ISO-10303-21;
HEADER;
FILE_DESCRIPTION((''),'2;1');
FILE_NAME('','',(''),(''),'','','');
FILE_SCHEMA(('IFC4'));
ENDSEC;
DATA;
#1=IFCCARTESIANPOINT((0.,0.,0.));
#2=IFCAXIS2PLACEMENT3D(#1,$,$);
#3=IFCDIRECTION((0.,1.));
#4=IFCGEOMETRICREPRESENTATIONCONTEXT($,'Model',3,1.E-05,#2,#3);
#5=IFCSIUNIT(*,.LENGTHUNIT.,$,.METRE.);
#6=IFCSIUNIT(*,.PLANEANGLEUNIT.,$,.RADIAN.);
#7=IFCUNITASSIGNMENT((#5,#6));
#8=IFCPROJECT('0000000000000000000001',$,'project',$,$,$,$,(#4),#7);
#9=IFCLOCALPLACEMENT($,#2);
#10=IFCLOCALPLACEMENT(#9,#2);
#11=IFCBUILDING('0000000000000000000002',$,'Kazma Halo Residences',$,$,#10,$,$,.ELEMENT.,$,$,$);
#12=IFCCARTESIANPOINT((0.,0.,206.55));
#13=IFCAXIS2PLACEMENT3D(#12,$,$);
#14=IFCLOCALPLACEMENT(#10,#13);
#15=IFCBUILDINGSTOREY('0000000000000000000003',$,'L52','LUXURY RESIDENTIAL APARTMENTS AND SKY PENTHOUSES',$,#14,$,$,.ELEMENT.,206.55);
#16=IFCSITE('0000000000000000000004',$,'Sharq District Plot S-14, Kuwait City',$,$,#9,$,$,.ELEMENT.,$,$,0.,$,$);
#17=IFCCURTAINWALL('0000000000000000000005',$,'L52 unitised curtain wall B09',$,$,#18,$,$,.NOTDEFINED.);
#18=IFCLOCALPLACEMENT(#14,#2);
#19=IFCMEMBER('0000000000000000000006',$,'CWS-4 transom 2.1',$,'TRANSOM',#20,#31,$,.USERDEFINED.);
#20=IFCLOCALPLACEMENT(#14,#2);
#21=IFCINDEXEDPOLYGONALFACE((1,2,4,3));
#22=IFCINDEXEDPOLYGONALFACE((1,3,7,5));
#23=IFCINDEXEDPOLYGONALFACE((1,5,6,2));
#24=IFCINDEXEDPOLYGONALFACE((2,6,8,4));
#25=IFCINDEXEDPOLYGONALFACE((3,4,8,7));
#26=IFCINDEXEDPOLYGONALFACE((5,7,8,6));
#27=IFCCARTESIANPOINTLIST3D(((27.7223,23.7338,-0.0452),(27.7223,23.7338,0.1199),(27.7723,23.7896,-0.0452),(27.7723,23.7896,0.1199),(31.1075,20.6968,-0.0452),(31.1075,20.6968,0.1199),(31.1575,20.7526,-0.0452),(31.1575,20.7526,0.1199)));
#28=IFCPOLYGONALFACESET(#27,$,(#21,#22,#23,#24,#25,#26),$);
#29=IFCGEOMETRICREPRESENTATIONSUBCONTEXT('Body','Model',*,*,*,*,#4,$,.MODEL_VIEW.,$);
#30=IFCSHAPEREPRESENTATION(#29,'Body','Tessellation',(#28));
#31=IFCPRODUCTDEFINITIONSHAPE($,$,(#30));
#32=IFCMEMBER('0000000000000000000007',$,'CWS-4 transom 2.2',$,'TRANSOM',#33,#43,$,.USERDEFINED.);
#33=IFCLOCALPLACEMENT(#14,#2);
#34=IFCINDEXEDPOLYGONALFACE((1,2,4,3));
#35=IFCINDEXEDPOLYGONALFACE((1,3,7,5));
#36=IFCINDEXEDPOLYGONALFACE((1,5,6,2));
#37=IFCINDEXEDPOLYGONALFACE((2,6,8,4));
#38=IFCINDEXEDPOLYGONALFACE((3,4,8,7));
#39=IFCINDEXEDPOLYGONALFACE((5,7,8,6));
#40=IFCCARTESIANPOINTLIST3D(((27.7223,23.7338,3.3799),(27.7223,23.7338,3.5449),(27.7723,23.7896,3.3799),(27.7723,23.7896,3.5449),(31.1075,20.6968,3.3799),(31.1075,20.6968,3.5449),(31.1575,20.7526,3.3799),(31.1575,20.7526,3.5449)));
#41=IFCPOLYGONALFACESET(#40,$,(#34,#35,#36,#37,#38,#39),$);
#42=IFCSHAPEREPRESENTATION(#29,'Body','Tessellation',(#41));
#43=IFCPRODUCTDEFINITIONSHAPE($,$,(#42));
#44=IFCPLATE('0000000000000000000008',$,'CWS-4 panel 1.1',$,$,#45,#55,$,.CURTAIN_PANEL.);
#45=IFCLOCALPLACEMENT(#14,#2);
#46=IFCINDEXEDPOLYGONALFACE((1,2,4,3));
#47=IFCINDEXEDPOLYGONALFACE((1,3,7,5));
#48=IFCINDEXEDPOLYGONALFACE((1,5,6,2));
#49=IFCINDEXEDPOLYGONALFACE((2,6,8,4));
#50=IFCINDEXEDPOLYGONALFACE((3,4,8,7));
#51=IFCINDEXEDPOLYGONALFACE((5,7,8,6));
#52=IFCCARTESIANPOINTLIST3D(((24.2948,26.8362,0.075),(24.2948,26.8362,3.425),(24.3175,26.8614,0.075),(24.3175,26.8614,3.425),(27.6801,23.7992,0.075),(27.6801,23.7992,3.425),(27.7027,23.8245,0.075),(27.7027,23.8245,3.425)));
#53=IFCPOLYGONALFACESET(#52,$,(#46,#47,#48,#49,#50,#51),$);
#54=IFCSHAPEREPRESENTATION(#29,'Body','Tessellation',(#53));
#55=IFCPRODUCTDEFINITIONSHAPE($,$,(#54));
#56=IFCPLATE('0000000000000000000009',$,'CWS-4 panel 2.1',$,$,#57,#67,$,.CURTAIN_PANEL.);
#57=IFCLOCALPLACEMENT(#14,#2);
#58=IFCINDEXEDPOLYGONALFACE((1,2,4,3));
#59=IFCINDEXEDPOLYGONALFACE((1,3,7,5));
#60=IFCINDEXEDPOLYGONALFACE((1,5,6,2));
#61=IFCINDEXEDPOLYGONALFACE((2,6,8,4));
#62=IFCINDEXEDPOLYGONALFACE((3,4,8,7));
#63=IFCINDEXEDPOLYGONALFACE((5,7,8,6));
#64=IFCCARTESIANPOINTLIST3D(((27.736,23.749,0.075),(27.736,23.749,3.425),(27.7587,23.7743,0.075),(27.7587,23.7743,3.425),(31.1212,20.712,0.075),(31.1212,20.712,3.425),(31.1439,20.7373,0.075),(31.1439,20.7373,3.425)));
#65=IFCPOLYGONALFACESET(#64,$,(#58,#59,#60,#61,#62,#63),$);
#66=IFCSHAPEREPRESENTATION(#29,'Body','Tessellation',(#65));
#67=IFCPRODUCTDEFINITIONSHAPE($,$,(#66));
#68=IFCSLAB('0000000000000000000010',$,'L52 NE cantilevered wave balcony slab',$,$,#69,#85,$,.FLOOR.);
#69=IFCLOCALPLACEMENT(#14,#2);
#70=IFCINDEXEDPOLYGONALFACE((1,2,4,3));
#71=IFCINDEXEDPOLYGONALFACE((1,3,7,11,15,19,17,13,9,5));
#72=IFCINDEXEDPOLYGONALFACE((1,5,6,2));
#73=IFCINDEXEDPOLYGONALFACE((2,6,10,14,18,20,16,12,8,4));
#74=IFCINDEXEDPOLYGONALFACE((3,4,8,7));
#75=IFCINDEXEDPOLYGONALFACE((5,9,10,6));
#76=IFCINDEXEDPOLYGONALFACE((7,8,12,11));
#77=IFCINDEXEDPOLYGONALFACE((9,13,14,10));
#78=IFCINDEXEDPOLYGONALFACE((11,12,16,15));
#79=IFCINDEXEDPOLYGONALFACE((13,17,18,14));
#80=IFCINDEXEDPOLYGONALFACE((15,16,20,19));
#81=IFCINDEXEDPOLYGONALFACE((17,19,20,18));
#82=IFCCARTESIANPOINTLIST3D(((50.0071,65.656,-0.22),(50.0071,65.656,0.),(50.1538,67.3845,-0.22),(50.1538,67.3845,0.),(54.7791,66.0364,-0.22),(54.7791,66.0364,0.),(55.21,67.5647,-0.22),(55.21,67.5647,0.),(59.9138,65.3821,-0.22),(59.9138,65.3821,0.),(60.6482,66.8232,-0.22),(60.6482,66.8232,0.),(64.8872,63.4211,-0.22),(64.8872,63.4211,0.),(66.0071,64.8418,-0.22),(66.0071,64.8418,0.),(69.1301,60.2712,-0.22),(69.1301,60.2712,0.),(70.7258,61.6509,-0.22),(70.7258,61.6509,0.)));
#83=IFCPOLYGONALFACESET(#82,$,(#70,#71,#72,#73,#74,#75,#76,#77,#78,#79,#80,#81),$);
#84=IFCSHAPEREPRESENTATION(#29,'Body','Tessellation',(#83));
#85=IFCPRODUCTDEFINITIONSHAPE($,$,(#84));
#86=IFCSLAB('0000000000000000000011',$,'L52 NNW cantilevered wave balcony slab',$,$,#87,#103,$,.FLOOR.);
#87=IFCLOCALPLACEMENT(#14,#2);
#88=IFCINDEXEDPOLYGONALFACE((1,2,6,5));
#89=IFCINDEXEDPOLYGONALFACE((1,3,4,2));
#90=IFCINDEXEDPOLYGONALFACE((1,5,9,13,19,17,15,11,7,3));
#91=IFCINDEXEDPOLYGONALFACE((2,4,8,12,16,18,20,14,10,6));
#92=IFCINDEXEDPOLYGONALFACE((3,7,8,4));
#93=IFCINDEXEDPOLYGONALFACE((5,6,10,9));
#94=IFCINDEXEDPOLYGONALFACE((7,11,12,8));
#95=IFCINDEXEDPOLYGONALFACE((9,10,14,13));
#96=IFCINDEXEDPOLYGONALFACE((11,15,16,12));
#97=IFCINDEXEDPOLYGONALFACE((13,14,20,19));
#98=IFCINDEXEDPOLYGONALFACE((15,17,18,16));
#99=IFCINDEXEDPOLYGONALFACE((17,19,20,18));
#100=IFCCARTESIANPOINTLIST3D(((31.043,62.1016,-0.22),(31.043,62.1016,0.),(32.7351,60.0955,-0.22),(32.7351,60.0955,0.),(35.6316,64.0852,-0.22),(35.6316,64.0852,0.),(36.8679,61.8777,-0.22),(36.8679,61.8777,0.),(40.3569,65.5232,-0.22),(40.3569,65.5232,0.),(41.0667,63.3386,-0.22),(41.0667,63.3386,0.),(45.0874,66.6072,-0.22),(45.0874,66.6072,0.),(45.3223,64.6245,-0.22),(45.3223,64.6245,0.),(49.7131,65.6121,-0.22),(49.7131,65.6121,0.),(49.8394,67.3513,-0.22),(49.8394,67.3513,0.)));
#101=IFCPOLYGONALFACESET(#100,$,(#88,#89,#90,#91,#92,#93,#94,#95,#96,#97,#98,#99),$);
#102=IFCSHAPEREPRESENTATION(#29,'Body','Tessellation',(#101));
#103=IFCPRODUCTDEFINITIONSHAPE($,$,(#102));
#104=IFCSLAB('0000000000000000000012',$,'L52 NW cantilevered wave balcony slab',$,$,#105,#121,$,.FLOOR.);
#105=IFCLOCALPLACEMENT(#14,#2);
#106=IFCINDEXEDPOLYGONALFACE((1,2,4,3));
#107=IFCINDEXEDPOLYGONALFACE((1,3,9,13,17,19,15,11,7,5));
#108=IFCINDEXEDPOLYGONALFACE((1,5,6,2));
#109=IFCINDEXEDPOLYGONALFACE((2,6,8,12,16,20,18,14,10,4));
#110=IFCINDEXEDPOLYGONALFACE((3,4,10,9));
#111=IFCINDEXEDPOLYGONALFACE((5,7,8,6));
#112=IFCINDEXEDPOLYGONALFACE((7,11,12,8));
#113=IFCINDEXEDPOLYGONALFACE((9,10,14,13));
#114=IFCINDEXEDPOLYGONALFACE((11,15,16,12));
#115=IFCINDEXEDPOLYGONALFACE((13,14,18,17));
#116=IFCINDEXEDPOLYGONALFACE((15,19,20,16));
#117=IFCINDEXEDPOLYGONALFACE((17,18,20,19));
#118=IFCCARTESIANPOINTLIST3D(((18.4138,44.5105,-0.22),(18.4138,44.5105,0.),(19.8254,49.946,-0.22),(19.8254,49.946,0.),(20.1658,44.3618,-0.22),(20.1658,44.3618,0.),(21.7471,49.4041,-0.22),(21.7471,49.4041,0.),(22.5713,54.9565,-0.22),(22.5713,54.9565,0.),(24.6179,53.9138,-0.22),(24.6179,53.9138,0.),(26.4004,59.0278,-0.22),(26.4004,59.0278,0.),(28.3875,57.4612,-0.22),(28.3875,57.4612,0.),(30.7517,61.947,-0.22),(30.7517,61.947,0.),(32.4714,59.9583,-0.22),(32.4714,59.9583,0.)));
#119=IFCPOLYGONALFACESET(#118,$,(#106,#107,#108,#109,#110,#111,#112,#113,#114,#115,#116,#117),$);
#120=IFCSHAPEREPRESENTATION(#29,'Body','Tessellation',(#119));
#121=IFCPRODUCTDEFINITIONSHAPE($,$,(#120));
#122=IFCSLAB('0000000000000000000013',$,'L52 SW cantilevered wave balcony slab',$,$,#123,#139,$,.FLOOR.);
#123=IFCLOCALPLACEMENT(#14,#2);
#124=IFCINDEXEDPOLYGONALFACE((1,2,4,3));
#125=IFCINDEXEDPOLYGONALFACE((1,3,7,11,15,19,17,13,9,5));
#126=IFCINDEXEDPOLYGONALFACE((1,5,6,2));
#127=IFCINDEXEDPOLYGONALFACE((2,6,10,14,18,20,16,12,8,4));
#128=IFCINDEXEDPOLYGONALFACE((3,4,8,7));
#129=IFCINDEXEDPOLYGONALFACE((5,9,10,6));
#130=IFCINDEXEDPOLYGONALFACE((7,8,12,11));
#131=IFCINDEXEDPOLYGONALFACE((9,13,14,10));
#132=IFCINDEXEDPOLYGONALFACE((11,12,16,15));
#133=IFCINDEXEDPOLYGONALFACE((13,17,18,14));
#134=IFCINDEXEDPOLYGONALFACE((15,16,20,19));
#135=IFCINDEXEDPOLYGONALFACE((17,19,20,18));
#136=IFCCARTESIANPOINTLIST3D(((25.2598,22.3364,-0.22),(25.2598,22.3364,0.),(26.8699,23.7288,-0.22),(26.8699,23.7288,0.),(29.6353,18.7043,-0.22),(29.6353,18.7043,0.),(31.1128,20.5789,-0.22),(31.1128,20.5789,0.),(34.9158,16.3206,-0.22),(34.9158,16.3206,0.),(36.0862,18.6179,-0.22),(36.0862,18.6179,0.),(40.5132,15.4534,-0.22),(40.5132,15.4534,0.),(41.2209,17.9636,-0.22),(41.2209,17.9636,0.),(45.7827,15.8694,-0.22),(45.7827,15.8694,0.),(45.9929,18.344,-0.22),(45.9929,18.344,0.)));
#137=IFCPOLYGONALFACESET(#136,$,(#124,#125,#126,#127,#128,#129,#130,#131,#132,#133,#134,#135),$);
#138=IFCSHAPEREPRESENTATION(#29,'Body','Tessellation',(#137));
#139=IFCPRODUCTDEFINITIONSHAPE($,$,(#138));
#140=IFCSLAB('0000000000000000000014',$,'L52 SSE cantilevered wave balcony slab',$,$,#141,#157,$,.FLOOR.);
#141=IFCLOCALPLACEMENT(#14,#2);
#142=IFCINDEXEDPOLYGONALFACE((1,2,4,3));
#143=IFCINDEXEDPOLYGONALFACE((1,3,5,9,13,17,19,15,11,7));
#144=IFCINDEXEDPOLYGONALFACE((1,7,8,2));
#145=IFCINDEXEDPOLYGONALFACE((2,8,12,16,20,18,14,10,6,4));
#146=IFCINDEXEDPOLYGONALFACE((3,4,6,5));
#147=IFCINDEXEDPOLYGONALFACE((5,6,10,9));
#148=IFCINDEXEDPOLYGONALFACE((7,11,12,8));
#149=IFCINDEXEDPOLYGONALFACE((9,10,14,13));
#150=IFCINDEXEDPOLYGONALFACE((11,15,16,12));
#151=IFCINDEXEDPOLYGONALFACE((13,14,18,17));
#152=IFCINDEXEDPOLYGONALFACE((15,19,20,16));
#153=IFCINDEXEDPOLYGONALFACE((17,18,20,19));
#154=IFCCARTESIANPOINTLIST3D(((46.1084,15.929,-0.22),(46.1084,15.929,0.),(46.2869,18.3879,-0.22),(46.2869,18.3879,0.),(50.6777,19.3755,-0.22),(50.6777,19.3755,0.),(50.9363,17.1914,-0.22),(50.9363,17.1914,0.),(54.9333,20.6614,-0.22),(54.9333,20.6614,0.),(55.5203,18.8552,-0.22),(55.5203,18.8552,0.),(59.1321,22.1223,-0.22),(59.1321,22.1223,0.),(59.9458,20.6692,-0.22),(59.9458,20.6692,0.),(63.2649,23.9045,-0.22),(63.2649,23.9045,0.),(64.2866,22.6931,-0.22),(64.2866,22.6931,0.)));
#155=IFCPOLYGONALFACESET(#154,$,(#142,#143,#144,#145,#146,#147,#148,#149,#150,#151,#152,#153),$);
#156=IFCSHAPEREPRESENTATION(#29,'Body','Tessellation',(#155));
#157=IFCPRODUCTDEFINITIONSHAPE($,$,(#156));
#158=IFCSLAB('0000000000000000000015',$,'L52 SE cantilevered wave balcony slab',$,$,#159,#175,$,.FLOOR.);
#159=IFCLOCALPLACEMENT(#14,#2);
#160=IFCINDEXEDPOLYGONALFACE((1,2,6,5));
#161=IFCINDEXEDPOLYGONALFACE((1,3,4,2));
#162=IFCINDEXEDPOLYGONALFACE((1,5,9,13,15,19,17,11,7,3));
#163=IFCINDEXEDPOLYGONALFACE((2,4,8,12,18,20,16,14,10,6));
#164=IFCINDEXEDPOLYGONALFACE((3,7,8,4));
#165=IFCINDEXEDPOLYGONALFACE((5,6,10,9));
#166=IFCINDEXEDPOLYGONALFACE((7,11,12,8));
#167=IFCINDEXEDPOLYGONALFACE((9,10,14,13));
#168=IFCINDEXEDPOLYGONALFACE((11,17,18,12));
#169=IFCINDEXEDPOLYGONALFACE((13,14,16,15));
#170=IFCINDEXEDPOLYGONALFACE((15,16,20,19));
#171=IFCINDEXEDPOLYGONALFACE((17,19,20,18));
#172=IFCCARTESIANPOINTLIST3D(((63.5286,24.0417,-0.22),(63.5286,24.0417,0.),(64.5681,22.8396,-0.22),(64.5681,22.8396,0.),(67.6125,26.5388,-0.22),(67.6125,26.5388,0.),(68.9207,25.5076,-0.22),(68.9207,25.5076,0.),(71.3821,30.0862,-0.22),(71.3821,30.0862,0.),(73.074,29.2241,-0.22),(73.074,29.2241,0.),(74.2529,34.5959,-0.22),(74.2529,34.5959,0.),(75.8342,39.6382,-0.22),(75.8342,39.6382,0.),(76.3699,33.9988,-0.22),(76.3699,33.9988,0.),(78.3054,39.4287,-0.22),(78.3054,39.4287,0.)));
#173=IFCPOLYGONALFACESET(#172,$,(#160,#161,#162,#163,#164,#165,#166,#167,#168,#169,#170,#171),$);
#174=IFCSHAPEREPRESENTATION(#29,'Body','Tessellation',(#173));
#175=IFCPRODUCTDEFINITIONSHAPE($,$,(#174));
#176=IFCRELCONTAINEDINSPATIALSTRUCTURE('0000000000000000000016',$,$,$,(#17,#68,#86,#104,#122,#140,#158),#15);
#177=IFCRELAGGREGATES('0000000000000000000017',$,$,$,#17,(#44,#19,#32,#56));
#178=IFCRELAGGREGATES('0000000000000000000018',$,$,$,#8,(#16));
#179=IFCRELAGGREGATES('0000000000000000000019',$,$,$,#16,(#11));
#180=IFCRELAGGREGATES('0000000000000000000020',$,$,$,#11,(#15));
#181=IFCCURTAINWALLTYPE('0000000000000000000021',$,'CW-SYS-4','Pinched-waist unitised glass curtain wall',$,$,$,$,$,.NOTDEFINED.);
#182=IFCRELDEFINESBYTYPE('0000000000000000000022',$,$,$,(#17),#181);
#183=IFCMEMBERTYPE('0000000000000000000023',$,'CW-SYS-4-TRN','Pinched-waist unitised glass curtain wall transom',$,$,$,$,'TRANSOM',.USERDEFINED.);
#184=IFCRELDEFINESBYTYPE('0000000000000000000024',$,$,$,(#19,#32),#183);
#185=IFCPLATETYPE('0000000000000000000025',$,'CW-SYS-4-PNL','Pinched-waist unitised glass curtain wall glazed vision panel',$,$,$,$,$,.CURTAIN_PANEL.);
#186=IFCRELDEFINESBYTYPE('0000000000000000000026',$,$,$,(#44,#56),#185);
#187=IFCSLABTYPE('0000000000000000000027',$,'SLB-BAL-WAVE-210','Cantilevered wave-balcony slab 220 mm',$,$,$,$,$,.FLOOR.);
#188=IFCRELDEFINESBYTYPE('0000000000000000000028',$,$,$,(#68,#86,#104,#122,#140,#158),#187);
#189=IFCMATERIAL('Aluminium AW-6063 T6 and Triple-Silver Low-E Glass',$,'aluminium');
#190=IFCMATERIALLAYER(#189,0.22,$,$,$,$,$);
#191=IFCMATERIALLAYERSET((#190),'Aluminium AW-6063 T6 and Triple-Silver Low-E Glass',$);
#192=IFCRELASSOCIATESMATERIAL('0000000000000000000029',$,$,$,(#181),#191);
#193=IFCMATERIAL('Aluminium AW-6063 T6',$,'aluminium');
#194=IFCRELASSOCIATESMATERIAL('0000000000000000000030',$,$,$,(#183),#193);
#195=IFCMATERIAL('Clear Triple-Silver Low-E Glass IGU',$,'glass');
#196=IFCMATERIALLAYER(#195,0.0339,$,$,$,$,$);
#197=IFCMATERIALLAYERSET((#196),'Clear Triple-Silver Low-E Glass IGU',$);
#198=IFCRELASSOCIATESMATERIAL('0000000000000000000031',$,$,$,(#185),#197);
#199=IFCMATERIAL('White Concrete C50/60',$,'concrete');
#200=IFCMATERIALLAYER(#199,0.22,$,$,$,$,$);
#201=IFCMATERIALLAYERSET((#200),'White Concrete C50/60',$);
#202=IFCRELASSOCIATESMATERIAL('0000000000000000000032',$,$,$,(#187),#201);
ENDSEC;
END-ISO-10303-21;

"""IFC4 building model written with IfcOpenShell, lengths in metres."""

from ifc_helpers import new_model, si_unit, direction, frame, origin, origin_2d, place, context, subcontext, project, spatial, polyline, rectangle, outline, extrude, material, layer, layer_set, material_profile, profile_set, type_object, element, aggregate, save


model = new_model("IFC4")

# Units and contexts
model_context = context("Model", 3, precision=1e-05, world=origin(), true_north=direction((0.0, 1.0)))
body_context = subcontext(model_context, "Body", "Model", "MODEL_VIEW")
ifc_project = project(units=[si_unit("LENGTHUNIT", "METRE"), si_unit("PLANEANGLEUNIT", "RADIAN")], contexts=[model_context])

# Site, building, storey
site_placement = place(None, origin())
site = spatial("IfcSite", under=ifc_project, at=site_placement, Name="Sharq District Plot S-14, Kuwait City", CompositionType="ELEMENT", RefElevation=0.0)
building_placement = place(site_placement, origin())
building = spatial("IfcBuilding", under=site, at=building_placement, Name="Kazma Halo Residences", CompositionType="ELEMENT")
storey_placement = place(building_placement, frame((0.0, 0.0, 206.55)))
storey = spatial("IfcBuildingStorey", under=building, at=storey_placement, Name="L52", Description="LUXURY RESIDENTIAL APARTMENTS AND SKY PENTHOUSES", CompositionType="ELEMENT", Elevation=206.55)

# Curtain wall, members, plates
ifc_material_1 = material(Name="Aluminium AW-6063 T6 and Triple-Silver Low-E Glass", Category="aluminium")
ifc_layer_1 = layer(ifc_material_1, 0.22)
ifc_layer_set_1 = layer_set([ifc_layer_1], Name="Aluminium AW-6063 T6 and Triple-Silver Low-E Glass")
curtain_wall_type = type_object("IfcCurtainWallType", Name="CW-SYS-4", Description="Pinched-waist unitised glass curtain wall", PredefinedType="NOTDEFINED", material=ifc_layer_set_1)
curtain_wall_placement = place(storey_placement, origin())
curtain_wall = element("IfcCurtainWall", 1, at=curtain_wall_placement, inside=storey, type_object=curtain_wall_type, Name="L52 unitised curtain wall B09", PredefinedType="NOTDEFINED")
ifc_material_2 = material(Name="Aluminium AW-6063 T6", Category="aluminium")
ifc_material_profile_1 = material_profile(ifc_material_2, rectangle(XDim=0.075, YDim=0.165, at=origin_2d()), Name="CWT-75x165")
ifc_profile_set_1 = profile_set([ifc_material_profile_1], Name="Aluminium AW-6063 T6")
member_type_1 = type_object("IfcMemberType", Name="CW-SYS-4-TRN", Description="Pinched-waist unitised glass curtain wall transom", ElementType="TRANSOM", PredefinedType="USERDEFINED", material=ifc_profile_set_1)
member_1_placement = place(storey_placement, frame((27.7473, 23.7617, 0.0374), z_axis=(0.744345, -0.667795, 0.0), x_axis=(0.667795, 0.744345, 0.0)))
member_1 = element("IfcMember", 2, at=member_1_placement, type_object=member_type_1, Name="CWS-4 transom 2.1", ObjectType="TRANSOM", PredefinedType="USERDEFINED", context=body_context, shape_type="SweptSolid", body=[
    extrude(rectangle(XDim=0.075, YDim=0.165, at=origin_2d()), origin(), (0.0, 0.0, 1.0), 4.5479),
])
member_2_placement = place(storey_placement, frame((27.7473, 23.7617, 3.4624), z_axis=(0.744345, -0.667795, 0.0), x_axis=(0.667795, 0.744345, 0.0)))
member_2 = element("IfcMember", 3, at=member_2_placement, type_object=member_type_1, Name="CWS-4 transom 2.2", ObjectType="TRANSOM", PredefinedType="USERDEFINED", context=body_context, shape_type="SweptSolid", body=[
    extrude(rectangle(XDim=0.075, YDim=0.165, at=origin_2d()), origin(), (0.0, 0.0, 1.0), 4.5479),
])
ifc_material_3 = material(Name="Clear Triple-Silver Low-E Glass IGU", Category="glass")
ifc_layer_2 = layer(ifc_material_3, 0.0339)
ifc_layer_set_2 = layer_set([ifc_layer_2], Name="Clear Triple-Silver Low-E Glass IGU")
plate_type = type_object("IfcPlateType", Name="CW-SYS-4-PNL", Description="Pinched-waist unitised glass curtain wall glazed vision panel", PredefinedType="CURTAIN_PANEL", material=ifc_layer_set_2)
plate_1_placement = place(storey_placement, frame((25.9988, 25.3303, 0.075), z_axis=(0.0, 0.0, 1.0), x_axis=(0.744355, -0.667784, 0.0)))
plate_1 = element("IfcPlate", 4, at=plate_1_placement, type_object=plate_type, Name="CWS-4 panel 1.1", PredefinedType="CURTAIN_PANEL", context=body_context, shape_type="SweptSolid", body=[
    extrude(rectangle(XDim=4.5479, YDim=0.0339, at=origin_2d()), origin(), (0.0, 0.0, 1.0), 3.3501),
])
plate_2_placement = place(storey_placement, frame((29.4399, 22.2432, 0.075), z_axis=(0.0, 0.0, 1.0), x_axis=(0.744355, -0.667784, 0.0)))
plate_2 = element("IfcPlate", 5, at=plate_2_placement, type_object=plate_type, Name="CWS-4 panel 2.1", PredefinedType="CURTAIN_PANEL", context=body_context, shape_type="SweptSolid", body=[
    extrude(rectangle(XDim=4.5479, YDim=0.0339, at=origin_2d()), origin(), (0.0, 0.0, 1.0), 3.3501),
])
aggregate(curtain_wall, [plate_1, member_1, member_2, plate_2])

# Slabs
ifc_material_4 = material(Name="White Concrete C50/60", Category="concrete")
ifc_layer_3 = layer(ifc_material_4, 0.22)
ifc_layer_set_3 = layer_set([ifc_layer_3], Name="White Concrete C50/60")
slab_type_1 = type_object("IfcSlabType", Name="SLB-BAL-WAVE-210", Description="Cantilevered wave-balcony slab 220 mm", PredefinedType="FLOOR", material=ifc_layer_set_3)
slab_1_placement = place(storey_placement, frame((0.0, 0.0, -0.22)))
element("IfcSlab", 6, at=slab_1_placement, inside=storey, type_object=slab_type_1, Name="L52 NE cantilevered wave balcony slab", PredefinedType="FLOOR", context=body_context, shape_type="SweptSolid", body=[
    extrude(outline(polyline([(69.1301, 60.2712), (64.8872, 63.4211), (59.9138, 65.3821), (54.7791, 66.0364), (50.0071, 65.656), (50.1538, 67.3845), (55.21, 67.5647), (60.6482, 66.8232), (66.0071, 64.8418), (70.7258, 61.6509), (69.1301, 60.2712)])), origin(), (0.0, 0.0, 1.0), 0.22),
])
slab_2_placement = place(storey_placement, frame((0.0, 0.0, -0.22)))
element("IfcSlab", 7, at=slab_2_placement, inside=storey, type_object=slab_type_1, Name="L52 NNW cantilevered wave balcony slab", PredefinedType="FLOOR", context=body_context, shape_type="SweptSolid", body=[
    extrude(outline(polyline([(49.7131, 65.6121), (45.3223, 64.6245), (41.0667, 63.3386), (36.8679, 61.8777), (32.7351, 60.0955), (31.043, 62.1016), (35.6316, 64.0852), (40.3569, 65.5232), (45.0874, 66.6072), (49.8394, 67.3513), (49.7131, 65.6121)])), origin(), (0.0, 0.0, 1.0), 0.22),
])
slab_3_placement = place(storey_placement, frame((0.0, 0.0, -0.22)))
element("IfcSlab", 8, at=slab_3_placement, inside=storey, type_object=slab_type_1, Name="L52 NW cantilevered wave balcony slab", PredefinedType="FLOOR", context=body_context, shape_type="SweptSolid", body=[
    extrude(outline(polyline([(32.4714, 59.9583), (28.3875, 57.4612), (24.6179, 53.9138), (21.7471, 49.4041), (20.1658, 44.3618), (18.4138, 44.5105), (19.8254, 49.946), (22.5713, 54.9565), (26.4004, 59.0278), (30.7517, 61.947), (32.4714, 59.9583)])), origin(), (0.0, 0.0, 1.0), 0.22),
])
slab_4_placement = place(storey_placement, frame((0.0, 0.0, -0.22)))
element("IfcSlab", 9, at=slab_4_placement, inside=storey, type_object=slab_type_1, Name="L52 SW cantilevered wave balcony slab", PredefinedType="FLOOR", context=body_context, shape_type="SweptSolid", body=[
    extrude(outline(polyline([(26.8699, 23.7288), (31.1128, 20.5789), (36.0862, 18.6179), (41.2209, 17.9636), (45.9929, 18.344), (45.7827, 15.8694), (40.5132, 15.4534), (34.9158, 16.3206), (29.6353, 18.7043), (25.2598, 22.3364), (26.8699, 23.7288)])), origin(), (0.0, 0.0, 1.0), 0.22),
])
slab_5_placement = place(storey_placement, frame((0.0, 0.0, -0.22)))
element("IfcSlab", 10, at=slab_5_placement, inside=storey, type_object=slab_type_1, Name="L52 SSE cantilevered wave balcony slab", PredefinedType="FLOOR", context=body_context, shape_type="SweptSolid", body=[
    extrude(outline(polyline([(46.2869, 18.3879), (50.6777, 19.3755), (54.9333, 20.6614), (59.1321, 22.1223), (63.2649, 23.9045), (64.2866, 22.6931), (59.9458, 20.6692), (55.5203, 18.8552), (50.9363, 17.1914), (46.1084, 15.929), (46.2869, 18.3879)])), origin(), (0.0, 0.0, 1.0), 0.22),
])
slab_6_placement = place(storey_placement, frame((0.0, 0.0, -0.22)))
element("IfcSlab", 11, at=slab_6_placement, inside=storey, type_object=slab_type_1, Name="L52 SE cantilevered wave balcony slab", PredefinedType="FLOOR", context=body_context, shape_type="SweptSolid", body=[
    extrude(outline(polyline([(63.5286, 24.0417), (67.6125, 26.5388), (71.3821, 30.0862), (74.2529, 34.5959), (75.8342, 39.6382), (78.3054, 39.4287), (76.3699, 33.9988), (73.074, 29.2241), (68.9207, 25.5076), (64.5681, 22.8396), (63.5286, 24.0417)])), origin(), (0.0, 0.0, 1.0), 0.22),
])

save(model, "model.ifc")
